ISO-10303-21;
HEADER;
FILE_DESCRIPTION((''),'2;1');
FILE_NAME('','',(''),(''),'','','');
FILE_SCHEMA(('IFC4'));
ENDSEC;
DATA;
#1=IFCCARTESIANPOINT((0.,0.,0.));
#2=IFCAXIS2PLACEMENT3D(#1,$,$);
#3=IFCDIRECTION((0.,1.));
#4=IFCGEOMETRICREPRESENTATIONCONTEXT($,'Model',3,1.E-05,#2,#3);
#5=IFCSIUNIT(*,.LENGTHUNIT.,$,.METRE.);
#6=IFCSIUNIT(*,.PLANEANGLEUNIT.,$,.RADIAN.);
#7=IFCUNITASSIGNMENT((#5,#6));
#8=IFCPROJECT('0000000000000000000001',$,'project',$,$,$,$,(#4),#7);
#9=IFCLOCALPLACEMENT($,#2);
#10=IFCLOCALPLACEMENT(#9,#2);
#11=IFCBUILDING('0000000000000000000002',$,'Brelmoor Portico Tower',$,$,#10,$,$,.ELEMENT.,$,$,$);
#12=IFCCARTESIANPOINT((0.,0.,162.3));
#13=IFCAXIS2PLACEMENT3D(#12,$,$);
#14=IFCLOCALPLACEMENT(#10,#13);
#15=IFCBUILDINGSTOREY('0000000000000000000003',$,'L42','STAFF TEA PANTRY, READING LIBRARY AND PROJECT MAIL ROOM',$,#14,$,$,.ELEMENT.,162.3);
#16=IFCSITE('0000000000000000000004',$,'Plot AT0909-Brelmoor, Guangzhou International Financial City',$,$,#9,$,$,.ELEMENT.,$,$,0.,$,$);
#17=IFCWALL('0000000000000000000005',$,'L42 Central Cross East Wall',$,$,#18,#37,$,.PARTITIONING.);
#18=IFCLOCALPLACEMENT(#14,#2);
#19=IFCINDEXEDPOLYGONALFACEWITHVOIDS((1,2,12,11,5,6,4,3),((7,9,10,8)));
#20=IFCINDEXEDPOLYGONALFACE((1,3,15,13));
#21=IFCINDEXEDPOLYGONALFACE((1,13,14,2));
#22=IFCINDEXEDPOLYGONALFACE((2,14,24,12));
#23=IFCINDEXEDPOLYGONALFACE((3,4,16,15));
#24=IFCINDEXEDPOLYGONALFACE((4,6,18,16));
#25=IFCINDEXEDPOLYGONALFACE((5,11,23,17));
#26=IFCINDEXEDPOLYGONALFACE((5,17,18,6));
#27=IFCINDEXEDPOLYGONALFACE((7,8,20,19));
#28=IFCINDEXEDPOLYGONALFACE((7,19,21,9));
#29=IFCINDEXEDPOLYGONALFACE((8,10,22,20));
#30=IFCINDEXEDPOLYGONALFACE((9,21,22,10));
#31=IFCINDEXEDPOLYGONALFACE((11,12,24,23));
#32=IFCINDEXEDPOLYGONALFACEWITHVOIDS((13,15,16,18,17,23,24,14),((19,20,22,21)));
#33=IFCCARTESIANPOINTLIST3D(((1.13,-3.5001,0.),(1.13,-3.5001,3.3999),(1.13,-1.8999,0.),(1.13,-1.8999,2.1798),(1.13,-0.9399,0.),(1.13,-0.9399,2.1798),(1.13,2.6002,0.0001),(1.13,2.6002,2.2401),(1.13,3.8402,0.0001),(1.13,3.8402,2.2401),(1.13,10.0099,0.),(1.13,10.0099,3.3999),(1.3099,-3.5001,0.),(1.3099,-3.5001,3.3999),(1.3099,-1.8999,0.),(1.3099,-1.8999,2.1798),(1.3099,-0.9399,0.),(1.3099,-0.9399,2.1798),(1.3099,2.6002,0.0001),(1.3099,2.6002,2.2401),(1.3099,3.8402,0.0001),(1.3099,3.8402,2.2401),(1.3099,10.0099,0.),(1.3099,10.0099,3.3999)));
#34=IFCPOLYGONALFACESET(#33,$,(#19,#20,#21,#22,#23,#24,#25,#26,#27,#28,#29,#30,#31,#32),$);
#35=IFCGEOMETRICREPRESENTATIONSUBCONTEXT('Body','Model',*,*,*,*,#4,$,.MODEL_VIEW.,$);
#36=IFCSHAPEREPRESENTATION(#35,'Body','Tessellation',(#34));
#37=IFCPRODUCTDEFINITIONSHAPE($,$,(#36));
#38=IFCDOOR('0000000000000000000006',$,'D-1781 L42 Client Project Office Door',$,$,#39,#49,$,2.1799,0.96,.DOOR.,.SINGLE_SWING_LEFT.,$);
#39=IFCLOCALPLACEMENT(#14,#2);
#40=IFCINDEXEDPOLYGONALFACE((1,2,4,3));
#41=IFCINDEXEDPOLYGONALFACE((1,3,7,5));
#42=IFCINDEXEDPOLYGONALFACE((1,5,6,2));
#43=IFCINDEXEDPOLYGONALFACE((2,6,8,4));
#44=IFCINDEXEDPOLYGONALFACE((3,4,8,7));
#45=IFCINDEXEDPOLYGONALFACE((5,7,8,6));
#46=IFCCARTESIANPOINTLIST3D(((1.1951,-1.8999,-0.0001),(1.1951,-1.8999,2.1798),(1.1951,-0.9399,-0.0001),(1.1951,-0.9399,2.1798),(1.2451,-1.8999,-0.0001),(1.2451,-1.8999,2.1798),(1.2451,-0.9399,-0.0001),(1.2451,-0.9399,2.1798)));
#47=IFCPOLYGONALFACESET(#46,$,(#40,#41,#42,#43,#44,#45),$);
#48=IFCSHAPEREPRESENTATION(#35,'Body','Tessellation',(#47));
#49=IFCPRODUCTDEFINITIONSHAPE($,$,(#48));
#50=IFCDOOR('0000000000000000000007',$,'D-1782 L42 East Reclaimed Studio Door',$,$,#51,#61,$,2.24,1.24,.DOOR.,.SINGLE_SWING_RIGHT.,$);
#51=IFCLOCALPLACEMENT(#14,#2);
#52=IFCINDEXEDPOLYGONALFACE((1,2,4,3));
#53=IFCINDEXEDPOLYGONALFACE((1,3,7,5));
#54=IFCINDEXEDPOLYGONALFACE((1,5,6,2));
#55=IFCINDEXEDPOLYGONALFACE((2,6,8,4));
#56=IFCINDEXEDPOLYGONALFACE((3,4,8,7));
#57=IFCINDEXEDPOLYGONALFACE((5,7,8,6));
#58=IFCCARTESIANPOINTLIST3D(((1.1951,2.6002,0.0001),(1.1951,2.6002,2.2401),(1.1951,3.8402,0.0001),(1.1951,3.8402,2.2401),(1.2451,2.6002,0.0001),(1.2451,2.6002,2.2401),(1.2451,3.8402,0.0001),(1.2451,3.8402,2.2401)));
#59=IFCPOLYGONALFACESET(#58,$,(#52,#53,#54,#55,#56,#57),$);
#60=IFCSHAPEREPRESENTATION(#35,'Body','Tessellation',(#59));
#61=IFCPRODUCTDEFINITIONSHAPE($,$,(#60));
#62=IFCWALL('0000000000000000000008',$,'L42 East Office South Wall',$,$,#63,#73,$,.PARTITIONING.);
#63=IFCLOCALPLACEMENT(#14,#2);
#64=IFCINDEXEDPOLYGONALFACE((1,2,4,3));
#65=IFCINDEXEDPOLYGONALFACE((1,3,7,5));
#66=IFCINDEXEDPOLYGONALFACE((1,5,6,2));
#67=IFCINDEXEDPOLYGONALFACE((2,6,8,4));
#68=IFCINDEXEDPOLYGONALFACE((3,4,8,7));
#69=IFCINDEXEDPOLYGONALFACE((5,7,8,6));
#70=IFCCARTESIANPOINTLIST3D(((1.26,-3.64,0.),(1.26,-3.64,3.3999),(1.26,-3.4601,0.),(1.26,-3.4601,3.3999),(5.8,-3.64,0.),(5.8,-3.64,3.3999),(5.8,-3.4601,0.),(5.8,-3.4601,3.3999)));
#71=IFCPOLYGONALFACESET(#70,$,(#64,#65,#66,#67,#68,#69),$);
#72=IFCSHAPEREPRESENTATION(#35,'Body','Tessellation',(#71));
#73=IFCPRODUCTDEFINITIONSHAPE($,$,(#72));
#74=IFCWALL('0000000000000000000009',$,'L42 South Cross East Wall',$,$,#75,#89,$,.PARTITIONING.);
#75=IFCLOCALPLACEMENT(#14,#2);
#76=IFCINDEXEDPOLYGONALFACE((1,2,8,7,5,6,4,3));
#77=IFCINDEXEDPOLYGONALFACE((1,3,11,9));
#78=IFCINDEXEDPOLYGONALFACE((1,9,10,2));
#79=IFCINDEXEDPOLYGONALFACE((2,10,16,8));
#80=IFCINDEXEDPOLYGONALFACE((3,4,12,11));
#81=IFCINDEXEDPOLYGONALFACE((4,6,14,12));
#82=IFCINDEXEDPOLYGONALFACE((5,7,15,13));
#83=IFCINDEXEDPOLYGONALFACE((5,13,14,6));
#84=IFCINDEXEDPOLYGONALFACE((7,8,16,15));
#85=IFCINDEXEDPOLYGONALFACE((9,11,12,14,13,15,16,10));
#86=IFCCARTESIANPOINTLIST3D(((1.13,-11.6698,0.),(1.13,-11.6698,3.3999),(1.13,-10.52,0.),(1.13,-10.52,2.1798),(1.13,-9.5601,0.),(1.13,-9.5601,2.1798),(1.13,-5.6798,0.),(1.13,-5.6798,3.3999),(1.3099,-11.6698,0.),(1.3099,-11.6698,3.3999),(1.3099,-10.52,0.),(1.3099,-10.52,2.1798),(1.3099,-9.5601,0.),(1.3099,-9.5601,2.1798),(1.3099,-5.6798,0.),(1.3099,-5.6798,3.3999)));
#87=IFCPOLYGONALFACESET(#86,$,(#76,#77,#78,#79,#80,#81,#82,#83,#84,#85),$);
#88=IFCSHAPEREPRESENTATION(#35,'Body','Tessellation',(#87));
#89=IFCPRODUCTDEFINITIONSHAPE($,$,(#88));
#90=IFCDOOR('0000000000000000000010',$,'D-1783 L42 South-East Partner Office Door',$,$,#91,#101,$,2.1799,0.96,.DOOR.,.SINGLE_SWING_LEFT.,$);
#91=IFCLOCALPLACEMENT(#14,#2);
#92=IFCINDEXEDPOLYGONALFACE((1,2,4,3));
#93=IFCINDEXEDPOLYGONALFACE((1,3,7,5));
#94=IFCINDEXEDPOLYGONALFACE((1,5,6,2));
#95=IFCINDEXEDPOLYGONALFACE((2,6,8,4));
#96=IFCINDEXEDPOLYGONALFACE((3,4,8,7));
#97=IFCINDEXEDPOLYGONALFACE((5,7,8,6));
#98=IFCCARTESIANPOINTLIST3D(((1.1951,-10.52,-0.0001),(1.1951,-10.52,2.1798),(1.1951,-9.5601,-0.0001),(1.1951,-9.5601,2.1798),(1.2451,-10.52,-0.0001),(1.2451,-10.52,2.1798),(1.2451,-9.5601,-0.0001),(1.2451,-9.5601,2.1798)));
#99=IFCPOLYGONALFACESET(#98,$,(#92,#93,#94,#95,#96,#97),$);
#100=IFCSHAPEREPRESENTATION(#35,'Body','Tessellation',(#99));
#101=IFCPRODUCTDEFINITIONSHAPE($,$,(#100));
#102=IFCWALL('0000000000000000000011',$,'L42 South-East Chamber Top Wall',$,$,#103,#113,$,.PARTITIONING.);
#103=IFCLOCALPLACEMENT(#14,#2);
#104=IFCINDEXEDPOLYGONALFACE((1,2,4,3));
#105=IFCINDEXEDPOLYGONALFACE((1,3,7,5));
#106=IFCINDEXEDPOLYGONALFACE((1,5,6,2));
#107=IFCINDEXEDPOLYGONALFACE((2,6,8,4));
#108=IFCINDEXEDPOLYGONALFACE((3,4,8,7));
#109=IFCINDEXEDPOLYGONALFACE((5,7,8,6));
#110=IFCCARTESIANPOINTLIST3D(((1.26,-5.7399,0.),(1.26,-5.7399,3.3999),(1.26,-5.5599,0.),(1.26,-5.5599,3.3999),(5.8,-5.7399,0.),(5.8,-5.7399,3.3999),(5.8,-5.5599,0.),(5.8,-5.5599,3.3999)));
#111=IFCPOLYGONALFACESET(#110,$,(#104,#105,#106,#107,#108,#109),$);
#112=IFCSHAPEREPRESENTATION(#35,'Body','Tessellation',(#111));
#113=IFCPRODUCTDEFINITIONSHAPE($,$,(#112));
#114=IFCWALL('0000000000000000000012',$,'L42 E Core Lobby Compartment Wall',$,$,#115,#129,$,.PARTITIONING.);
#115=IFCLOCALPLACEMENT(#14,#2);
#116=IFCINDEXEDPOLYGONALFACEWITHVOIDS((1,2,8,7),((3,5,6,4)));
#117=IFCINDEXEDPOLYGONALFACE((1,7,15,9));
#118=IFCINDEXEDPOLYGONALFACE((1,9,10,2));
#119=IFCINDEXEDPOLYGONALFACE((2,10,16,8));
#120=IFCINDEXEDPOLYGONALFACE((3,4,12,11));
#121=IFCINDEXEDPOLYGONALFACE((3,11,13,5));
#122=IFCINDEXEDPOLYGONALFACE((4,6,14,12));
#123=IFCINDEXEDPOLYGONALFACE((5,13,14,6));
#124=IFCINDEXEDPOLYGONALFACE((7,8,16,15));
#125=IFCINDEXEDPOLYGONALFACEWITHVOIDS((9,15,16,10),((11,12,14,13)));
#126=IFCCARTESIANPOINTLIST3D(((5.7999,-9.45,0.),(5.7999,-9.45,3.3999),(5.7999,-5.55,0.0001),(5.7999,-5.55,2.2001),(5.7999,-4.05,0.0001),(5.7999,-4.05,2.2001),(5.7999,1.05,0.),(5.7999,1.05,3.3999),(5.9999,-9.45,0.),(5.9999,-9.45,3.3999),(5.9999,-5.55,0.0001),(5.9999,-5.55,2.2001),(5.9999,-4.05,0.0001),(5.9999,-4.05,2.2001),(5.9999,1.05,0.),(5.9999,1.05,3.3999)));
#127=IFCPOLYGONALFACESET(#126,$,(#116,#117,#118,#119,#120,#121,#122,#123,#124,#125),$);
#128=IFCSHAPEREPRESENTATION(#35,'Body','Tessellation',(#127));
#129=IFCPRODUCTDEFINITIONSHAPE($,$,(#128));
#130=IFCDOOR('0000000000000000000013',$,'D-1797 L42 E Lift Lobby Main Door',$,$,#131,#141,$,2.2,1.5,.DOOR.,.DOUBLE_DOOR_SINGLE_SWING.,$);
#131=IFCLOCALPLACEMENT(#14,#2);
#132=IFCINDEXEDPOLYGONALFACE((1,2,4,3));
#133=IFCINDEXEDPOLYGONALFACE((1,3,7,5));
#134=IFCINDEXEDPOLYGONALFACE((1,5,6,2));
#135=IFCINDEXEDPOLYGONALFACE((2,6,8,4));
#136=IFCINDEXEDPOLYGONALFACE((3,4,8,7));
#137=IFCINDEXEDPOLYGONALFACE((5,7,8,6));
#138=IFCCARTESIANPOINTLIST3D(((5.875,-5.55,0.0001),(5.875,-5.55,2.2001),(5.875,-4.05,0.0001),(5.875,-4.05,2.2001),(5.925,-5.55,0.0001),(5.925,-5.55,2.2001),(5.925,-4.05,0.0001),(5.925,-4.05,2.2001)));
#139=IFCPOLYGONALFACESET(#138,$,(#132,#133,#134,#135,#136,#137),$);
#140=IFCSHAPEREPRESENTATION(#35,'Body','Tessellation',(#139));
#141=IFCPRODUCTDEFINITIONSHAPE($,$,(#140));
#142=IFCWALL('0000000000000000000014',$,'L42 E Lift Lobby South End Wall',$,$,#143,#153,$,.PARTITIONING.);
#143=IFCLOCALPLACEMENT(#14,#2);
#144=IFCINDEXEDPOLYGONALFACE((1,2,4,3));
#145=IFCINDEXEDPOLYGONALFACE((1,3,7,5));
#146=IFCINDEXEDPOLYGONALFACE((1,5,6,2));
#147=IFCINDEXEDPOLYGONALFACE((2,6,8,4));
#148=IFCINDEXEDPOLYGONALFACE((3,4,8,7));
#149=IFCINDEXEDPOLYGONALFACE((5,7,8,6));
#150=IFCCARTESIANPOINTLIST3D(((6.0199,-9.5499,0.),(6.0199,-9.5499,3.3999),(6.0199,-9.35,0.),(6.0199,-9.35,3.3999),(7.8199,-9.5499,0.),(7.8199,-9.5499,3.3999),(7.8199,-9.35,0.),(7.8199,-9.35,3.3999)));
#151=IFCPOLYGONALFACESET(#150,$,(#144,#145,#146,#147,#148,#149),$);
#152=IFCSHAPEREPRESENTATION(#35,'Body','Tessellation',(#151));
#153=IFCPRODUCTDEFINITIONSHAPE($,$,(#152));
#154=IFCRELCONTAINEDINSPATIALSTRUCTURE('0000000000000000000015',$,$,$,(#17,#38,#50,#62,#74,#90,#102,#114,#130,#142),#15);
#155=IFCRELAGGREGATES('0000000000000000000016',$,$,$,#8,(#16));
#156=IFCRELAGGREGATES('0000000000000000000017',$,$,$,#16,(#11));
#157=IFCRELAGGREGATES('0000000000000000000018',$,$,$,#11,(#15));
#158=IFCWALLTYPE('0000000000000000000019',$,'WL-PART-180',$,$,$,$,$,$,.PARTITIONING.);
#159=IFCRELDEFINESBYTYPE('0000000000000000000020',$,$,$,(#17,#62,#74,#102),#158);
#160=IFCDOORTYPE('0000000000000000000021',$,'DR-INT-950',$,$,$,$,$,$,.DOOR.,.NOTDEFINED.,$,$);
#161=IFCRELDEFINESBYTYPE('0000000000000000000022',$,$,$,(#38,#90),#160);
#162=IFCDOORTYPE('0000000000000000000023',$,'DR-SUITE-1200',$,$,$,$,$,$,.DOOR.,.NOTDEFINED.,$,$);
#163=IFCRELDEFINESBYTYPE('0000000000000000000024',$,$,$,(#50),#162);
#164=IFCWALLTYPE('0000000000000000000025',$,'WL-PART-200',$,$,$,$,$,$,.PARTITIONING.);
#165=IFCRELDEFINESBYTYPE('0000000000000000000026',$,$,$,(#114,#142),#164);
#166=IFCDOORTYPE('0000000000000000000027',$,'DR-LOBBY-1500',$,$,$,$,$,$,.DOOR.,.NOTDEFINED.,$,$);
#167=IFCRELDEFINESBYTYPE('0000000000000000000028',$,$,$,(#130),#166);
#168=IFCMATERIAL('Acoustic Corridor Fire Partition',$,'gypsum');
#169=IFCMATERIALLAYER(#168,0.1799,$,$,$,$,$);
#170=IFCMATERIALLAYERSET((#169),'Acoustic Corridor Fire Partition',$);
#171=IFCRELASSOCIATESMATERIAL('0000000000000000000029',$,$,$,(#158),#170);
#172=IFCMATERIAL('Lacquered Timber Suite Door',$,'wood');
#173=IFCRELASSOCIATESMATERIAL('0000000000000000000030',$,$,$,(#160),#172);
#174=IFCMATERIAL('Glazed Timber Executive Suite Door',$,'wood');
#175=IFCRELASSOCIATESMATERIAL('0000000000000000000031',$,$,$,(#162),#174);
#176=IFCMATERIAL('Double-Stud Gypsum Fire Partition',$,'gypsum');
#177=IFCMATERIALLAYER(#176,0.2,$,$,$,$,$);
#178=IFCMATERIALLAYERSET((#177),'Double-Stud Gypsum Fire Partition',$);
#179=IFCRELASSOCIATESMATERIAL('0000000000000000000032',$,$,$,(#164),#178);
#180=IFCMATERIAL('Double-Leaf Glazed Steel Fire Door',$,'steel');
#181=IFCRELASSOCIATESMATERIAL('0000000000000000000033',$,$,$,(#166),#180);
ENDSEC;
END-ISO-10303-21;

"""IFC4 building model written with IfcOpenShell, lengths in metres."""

from ifc_helpers import new_model, si_unit, direction, frame, frame_2d, origin, place, context, subcontext, project, spatial, rectangle, extrude, material, layer, layer_set, type_object, element, fill, save


model = new_model("IFC4")

# Units and contexts
model_context = context("Model", 3, precision=1e-05, world=origin(), true_north=direction((0.0, 1.0)))
body_context = subcontext(model_context, "Body", "Model", "MODEL_VIEW")
ifc_project = project(units=[si_unit("LENGTHUNIT", "METRE"), si_unit("PLANEANGLEUNIT", "RADIAN")], contexts=[model_context])

# Site, building, storey
site_placement = place(None, origin())
site = spatial("IfcSite", under=ifc_project, at=site_placement, Name="Plot AT0909-Brelmoor, Guangzhou International Financial City", CompositionType="ELEMENT", RefElevation=0.0)
building_placement = place(site_placement, origin())
building = spatial("IfcBuilding", under=site, at=building_placement, Name="Brelmoor Portico Tower", CompositionType="ELEMENT")
storey_placement = place(building_placement, frame((0.0, 0.0, 162.3)))
storey = spatial("IfcBuildingStorey", under=building, at=storey_placement, Name="L42", Description="STAFF TEA PANTRY, READING LIBRARY AND PROJECT MAIL ROOM", CompositionType="ELEMENT", Elevation=162.3)

# Wall, openings, doors
ifc_material_1 = material(Name="Acoustic Corridor Fire Partition", Category="gypsum")
ifc_layer_1 = layer(ifc_material_1, 0.1799)
ifc_layer_set_1 = layer_set([ifc_layer_1], Name="Acoustic Corridor Fire Partition")
wall_type_1 = type_object("IfcWallType", Name="WL-PART-180", PredefinedType="PARTITIONING", material=ifc_layer_set_1)
wall_1_placement = place(storey_placement, frame((1.22, -3.5, 0.0), z_axis=(0.0, 0.0, 1.0), x_axis=(0.0, 1.0, 0.0)))
wall_1 = element("IfcWall", 1, at=wall_1_placement, inside=storey, type_object=wall_type_1, Name="L42 Central Cross East Wall", PredefinedType="PARTITIONING", context=body_context, shape_type="SweptSolid", body=[
    extrude(rectangle(XDim=13.51, YDim=0.1799, at=frame_2d((6.7549, 0.0))), origin(), (0.0, 0.0, 1.0), 3.3999),
])
opening_1_placement = place(wall_1_placement, frame((6.1001, 0.0, 0.0)))
opening_1 = element("IfcOpeningElement", 2, at=opening_1_placement, cuts=wall_1, PredefinedType="OPENING", context=body_context, shape_type="SweptSolid", body=[
    extrude(rectangle(XDim=1.24, YDim=2.24, at=frame_2d((0.6201, 1.1201))), frame((0.0, 0.0999, 0.0), z_axis=(0.0, -1.0, 0.0), x_axis=(1.0, 0.0, 0.0)), (0.0, 0.0, 1.0), 0.2),
])
opening_2_placement = place(wall_1_placement, frame((1.6001, 0.0, 0.0)))
opening_2 = element("IfcOpeningElement", 3, at=opening_2_placement, cuts=wall_1, PredefinedType="OPENING", context=body_context, shape_type="SweptSolid", body=[
    extrude(rectangle(XDim=0.96, YDim=2.1799, at=frame_2d((0.48, 1.0898))), frame((0.0, 0.0999, 0.0), z_axis=(0.0, -1.0, 0.0), x_axis=(1.0, 0.0, 0.0)), (0.0, 0.0, 1.0), 0.2),
])
ifc_material_2 = material(Name="Lacquered Timber Suite Door", Category="wood")
door_type_1 = type_object("IfcDoorType", Name="DR-INT-950", OperationType="NOTDEFINED", PredefinedType="DOOR", material=ifc_material_2)
door_1_placement = place(opening_2_placement, origin())
door_1 = element("IfcDoor", 4, at=door_1_placement, inside=storey, type_object=door_type_1, Name="D-1781 L42 Client Project Office Door", OperationType="SINGLE_SWING_LEFT", OverallHeight=2.1799, OverallWidth=0.96, PredefinedType="DOOR", context=body_context, shape_type="SweptSolid", body=[
    extrude(rectangle(XDim=0.96, YDim=2.1799, at=frame_2d((0.48, 1.0898))), frame((0.0, 0.0249, 0.0), z_axis=(0.0, -1.0, 0.0), x_axis=(1.0, 0.0, 0.0)), (0.0, 0.0, 1.0), 0.05),
])
fill(opening_2, door_1)
ifc_material_3 = material(Name="Glazed Timber Executive Suite Door", Category="wood")
door_type_2 = type_object("IfcDoorType", Name="DR-SUITE-1200", OperationType="NOTDEFINED", PredefinedType="DOOR", material=ifc_material_3)
door_2_placement = place(opening_1_placement, origin())
door_2 = element("IfcDoor", 5, at=door_2_placement, inside=storey, type_object=door_type_2, Name="D-1782 L42 East Reclaimed Studio Door", OperationType="SINGLE_SWING_RIGHT", OverallHeight=2.24, OverallWidth=1.24, PredefinedType="DOOR", context=body_context, shape_type="SweptSolid", body=[
    extrude(rectangle(XDim=1.24, YDim=2.24, at=frame_2d((0.6201, 1.1201))), frame((0.0, 0.0249, 0.0), z_axis=(0.0, -1.0, 0.0), x_axis=(1.0, 0.0, 0.0)), (0.0, 0.0, 1.0), 0.05),
])
fill(opening_1, door_2)

# Wall
wall_2_placement = place(storey_placement, frame((1.26, -3.55, 0.0), z_axis=(0.0, 0.0, 1.0), x_axis=(1.0, 0.0, 0.0)))
element("IfcWall", 6, at=wall_2_placement, inside=storey, type_object=wall_type_1, Name="L42 East Office South Wall", PredefinedType="PARTITIONING", context=body_context, shape_type="SweptSolid", body=[
    extrude(rectangle(XDim=4.54, YDim=0.1799, at=frame_2d((2.27, 0.0))), origin(), (0.0, 0.0, 1.0), 3.3999),
])

# Wall, opening, door
wall_3_placement = place(storey_placement, frame((1.22, -11.6699, 0.0), z_axis=(0.0, 0.0, 1.0), x_axis=(0.0, 1.0, 0.0)))
wall_3 = element("IfcWall", 7, at=wall_3_placement, inside=storey, type_object=wall_type_1, Name="L42 South Cross East Wall", PredefinedType="PARTITIONING", context=body_context, shape_type="SweptSolid", body=[
    extrude(rectangle(XDim=5.99, YDim=0.1799, at=frame_2d((2.9951, 0.0))), origin(), (0.0, 0.0, 1.0), 3.3999),
])
opening_3_placement = place(wall_3_placement, frame((1.1499, 0.0, 0.0)))
opening_3 = element("IfcOpeningElement", 8, at=opening_3_placement, cuts=wall_3, PredefinedType="OPENING", context=body_context, shape_type="SweptSolid", body=[
    extrude(rectangle(XDim=0.96, YDim=2.1799, at=frame_2d((0.48, 1.0898))), frame((0.0, 0.0999, 0.0), z_axis=(0.0, -1.0, 0.0), x_axis=(1.0, 0.0, 0.0)), (0.0, 0.0, 1.0), 0.2),
])
door_3_placement = place(opening_3_placement, origin())
door_3 = element("IfcDoor", 9, at=door_3_placement, inside=storey, type_object=door_type_1, Name="D-1783 L42 South-East Partner Office Door", OperationType="SINGLE_SWING_LEFT", OverallHeight=2.1799, OverallWidth=0.96, PredefinedType="DOOR", context=body_context, shape_type="SweptSolid", body=[
    extrude(rectangle(XDim=0.96, YDim=2.1799, at=frame_2d((0.48, 1.0898))), frame((0.0, 0.0249, 0.0), z_axis=(0.0, -1.0, 0.0), x_axis=(1.0, 0.0, 0.0)), (0.0, 0.0, 1.0), 0.05),
])
fill(opening_3, door_3)

# Wall
wall_4_placement = place(storey_placement, frame((1.26, -5.6499, 0.0), z_axis=(0.0, 0.0, 1.0), x_axis=(1.0, 0.0, 0.0)))
element("IfcWall", 10, at=wall_4_placement, inside=storey, type_object=wall_type_1, Name="L42 South-East Chamber Top Wall", PredefinedType="PARTITIONING", context=body_context, shape_type="SweptSolid", body=[
    extrude(rectangle(XDim=4.54, YDim=0.1799, at=frame_2d((2.27, 0.0))), origin(), (0.0, 0.0, 1.0), 3.3999),
])

# Wall, opening, door
ifc_material_4 = material(Name="Double-Stud Gypsum Fire Partition", Category="gypsum")
ifc_layer_2 = layer(ifc_material_4, 0.2)
ifc_layer_set_2 = layer_set([ifc_layer_2], Name="Double-Stud Gypsum Fire Partition")
wall_type_2 = type_object("IfcWallType", Name="WL-PART-200", PredefinedType="PARTITIONING", material=ifc_layer_set_2)
wall_5_placement = place(storey_placement, frame((5.8999, -9.45, 0.0), z_axis=(0.0, 0.0, 1.0), x_axis=(0.0, 1.0, 0.0)))
wall_5 = element("IfcWall", 11, at=wall_5_placement, inside=storey, type_object=wall_type_2, Name="L42 E Core Lobby Compartment Wall", PredefinedType="PARTITIONING", context=body_context, shape_type="SweptSolid", body=[
    extrude(rectangle(XDim=10.5, YDim=0.2, at=frame_2d((5.25, 0.0))), origin(), (0.0, 0.0, 1.0), 3.3999),
])
opening_4_placement = place(wall_5_placement, frame((3.8999, 0.0, 0.0)))
opening_4 = element("IfcOpeningElement", 12, at=opening_4_placement, cuts=wall_5, PredefinedType="OPENING", context=body_context, shape_type="SweptSolid", body=[
    extrude(rectangle(XDim=1.5, YDim=2.2, at=frame_2d((0.75, 1.1001))), frame((0.0, 0.1099, 0.0), z_axis=(0.0, -1.0, 0.0), x_axis=(1.0, 0.0, 0.0)), (0.0, 0.0, 1.0), 0.22),
])
ifc_material_5 = material(Name="Double-Leaf Glazed Steel Fire Door", Category="steel")
door_type_3 = type_object("IfcDoorType", Name="DR-LOBBY-1500", OperationType="NOTDEFINED", PredefinedType="DOOR", material=ifc_material_5)
door_4_placement = place(opening_4_placement, origin())
door_4 = element("IfcDoor", 13, at=door_4_placement, inside=storey, type_object=door_type_3, Name="D-1797 L42 E Lift Lobby Main Door", OperationType="DOUBLE_DOOR_SINGLE_SWING", OverallHeight=2.2, OverallWidth=1.5, PredefinedType="DOOR", context=body_context, shape_type="SweptSolid", body=[
    extrude(rectangle(XDim=1.5, YDim=2.2, at=frame_2d((0.75, 1.1001))), frame((0.0, 0.0249, 0.0), z_axis=(0.0, -1.0, 0.0), x_axis=(1.0, 0.0, 0.0)), (0.0, 0.0, 1.0), 0.05),
])
fill(opening_4, door_4)

# Wall
wall_6_placement = place(storey_placement, frame((6.02, -9.45, 0.0), z_axis=(0.0, 0.0, 1.0), x_axis=(1.0, 0.0, 0.0)))
element("IfcWall", 14, at=wall_6_placement, inside=storey, type_object=wall_type_2, Name="L42 E Lift Lobby South End Wall", PredefinedType="PARTITIONING", context=body_context, shape_type="SweptSolid", body=[
    extrude(rectangle(XDim=1.8, YDim=0.2, at=frame_2d((0.8999, 0.0))), origin(), (0.0, 0.0, 1.0), 3.3999),
])

save(model, "model.ifc")
